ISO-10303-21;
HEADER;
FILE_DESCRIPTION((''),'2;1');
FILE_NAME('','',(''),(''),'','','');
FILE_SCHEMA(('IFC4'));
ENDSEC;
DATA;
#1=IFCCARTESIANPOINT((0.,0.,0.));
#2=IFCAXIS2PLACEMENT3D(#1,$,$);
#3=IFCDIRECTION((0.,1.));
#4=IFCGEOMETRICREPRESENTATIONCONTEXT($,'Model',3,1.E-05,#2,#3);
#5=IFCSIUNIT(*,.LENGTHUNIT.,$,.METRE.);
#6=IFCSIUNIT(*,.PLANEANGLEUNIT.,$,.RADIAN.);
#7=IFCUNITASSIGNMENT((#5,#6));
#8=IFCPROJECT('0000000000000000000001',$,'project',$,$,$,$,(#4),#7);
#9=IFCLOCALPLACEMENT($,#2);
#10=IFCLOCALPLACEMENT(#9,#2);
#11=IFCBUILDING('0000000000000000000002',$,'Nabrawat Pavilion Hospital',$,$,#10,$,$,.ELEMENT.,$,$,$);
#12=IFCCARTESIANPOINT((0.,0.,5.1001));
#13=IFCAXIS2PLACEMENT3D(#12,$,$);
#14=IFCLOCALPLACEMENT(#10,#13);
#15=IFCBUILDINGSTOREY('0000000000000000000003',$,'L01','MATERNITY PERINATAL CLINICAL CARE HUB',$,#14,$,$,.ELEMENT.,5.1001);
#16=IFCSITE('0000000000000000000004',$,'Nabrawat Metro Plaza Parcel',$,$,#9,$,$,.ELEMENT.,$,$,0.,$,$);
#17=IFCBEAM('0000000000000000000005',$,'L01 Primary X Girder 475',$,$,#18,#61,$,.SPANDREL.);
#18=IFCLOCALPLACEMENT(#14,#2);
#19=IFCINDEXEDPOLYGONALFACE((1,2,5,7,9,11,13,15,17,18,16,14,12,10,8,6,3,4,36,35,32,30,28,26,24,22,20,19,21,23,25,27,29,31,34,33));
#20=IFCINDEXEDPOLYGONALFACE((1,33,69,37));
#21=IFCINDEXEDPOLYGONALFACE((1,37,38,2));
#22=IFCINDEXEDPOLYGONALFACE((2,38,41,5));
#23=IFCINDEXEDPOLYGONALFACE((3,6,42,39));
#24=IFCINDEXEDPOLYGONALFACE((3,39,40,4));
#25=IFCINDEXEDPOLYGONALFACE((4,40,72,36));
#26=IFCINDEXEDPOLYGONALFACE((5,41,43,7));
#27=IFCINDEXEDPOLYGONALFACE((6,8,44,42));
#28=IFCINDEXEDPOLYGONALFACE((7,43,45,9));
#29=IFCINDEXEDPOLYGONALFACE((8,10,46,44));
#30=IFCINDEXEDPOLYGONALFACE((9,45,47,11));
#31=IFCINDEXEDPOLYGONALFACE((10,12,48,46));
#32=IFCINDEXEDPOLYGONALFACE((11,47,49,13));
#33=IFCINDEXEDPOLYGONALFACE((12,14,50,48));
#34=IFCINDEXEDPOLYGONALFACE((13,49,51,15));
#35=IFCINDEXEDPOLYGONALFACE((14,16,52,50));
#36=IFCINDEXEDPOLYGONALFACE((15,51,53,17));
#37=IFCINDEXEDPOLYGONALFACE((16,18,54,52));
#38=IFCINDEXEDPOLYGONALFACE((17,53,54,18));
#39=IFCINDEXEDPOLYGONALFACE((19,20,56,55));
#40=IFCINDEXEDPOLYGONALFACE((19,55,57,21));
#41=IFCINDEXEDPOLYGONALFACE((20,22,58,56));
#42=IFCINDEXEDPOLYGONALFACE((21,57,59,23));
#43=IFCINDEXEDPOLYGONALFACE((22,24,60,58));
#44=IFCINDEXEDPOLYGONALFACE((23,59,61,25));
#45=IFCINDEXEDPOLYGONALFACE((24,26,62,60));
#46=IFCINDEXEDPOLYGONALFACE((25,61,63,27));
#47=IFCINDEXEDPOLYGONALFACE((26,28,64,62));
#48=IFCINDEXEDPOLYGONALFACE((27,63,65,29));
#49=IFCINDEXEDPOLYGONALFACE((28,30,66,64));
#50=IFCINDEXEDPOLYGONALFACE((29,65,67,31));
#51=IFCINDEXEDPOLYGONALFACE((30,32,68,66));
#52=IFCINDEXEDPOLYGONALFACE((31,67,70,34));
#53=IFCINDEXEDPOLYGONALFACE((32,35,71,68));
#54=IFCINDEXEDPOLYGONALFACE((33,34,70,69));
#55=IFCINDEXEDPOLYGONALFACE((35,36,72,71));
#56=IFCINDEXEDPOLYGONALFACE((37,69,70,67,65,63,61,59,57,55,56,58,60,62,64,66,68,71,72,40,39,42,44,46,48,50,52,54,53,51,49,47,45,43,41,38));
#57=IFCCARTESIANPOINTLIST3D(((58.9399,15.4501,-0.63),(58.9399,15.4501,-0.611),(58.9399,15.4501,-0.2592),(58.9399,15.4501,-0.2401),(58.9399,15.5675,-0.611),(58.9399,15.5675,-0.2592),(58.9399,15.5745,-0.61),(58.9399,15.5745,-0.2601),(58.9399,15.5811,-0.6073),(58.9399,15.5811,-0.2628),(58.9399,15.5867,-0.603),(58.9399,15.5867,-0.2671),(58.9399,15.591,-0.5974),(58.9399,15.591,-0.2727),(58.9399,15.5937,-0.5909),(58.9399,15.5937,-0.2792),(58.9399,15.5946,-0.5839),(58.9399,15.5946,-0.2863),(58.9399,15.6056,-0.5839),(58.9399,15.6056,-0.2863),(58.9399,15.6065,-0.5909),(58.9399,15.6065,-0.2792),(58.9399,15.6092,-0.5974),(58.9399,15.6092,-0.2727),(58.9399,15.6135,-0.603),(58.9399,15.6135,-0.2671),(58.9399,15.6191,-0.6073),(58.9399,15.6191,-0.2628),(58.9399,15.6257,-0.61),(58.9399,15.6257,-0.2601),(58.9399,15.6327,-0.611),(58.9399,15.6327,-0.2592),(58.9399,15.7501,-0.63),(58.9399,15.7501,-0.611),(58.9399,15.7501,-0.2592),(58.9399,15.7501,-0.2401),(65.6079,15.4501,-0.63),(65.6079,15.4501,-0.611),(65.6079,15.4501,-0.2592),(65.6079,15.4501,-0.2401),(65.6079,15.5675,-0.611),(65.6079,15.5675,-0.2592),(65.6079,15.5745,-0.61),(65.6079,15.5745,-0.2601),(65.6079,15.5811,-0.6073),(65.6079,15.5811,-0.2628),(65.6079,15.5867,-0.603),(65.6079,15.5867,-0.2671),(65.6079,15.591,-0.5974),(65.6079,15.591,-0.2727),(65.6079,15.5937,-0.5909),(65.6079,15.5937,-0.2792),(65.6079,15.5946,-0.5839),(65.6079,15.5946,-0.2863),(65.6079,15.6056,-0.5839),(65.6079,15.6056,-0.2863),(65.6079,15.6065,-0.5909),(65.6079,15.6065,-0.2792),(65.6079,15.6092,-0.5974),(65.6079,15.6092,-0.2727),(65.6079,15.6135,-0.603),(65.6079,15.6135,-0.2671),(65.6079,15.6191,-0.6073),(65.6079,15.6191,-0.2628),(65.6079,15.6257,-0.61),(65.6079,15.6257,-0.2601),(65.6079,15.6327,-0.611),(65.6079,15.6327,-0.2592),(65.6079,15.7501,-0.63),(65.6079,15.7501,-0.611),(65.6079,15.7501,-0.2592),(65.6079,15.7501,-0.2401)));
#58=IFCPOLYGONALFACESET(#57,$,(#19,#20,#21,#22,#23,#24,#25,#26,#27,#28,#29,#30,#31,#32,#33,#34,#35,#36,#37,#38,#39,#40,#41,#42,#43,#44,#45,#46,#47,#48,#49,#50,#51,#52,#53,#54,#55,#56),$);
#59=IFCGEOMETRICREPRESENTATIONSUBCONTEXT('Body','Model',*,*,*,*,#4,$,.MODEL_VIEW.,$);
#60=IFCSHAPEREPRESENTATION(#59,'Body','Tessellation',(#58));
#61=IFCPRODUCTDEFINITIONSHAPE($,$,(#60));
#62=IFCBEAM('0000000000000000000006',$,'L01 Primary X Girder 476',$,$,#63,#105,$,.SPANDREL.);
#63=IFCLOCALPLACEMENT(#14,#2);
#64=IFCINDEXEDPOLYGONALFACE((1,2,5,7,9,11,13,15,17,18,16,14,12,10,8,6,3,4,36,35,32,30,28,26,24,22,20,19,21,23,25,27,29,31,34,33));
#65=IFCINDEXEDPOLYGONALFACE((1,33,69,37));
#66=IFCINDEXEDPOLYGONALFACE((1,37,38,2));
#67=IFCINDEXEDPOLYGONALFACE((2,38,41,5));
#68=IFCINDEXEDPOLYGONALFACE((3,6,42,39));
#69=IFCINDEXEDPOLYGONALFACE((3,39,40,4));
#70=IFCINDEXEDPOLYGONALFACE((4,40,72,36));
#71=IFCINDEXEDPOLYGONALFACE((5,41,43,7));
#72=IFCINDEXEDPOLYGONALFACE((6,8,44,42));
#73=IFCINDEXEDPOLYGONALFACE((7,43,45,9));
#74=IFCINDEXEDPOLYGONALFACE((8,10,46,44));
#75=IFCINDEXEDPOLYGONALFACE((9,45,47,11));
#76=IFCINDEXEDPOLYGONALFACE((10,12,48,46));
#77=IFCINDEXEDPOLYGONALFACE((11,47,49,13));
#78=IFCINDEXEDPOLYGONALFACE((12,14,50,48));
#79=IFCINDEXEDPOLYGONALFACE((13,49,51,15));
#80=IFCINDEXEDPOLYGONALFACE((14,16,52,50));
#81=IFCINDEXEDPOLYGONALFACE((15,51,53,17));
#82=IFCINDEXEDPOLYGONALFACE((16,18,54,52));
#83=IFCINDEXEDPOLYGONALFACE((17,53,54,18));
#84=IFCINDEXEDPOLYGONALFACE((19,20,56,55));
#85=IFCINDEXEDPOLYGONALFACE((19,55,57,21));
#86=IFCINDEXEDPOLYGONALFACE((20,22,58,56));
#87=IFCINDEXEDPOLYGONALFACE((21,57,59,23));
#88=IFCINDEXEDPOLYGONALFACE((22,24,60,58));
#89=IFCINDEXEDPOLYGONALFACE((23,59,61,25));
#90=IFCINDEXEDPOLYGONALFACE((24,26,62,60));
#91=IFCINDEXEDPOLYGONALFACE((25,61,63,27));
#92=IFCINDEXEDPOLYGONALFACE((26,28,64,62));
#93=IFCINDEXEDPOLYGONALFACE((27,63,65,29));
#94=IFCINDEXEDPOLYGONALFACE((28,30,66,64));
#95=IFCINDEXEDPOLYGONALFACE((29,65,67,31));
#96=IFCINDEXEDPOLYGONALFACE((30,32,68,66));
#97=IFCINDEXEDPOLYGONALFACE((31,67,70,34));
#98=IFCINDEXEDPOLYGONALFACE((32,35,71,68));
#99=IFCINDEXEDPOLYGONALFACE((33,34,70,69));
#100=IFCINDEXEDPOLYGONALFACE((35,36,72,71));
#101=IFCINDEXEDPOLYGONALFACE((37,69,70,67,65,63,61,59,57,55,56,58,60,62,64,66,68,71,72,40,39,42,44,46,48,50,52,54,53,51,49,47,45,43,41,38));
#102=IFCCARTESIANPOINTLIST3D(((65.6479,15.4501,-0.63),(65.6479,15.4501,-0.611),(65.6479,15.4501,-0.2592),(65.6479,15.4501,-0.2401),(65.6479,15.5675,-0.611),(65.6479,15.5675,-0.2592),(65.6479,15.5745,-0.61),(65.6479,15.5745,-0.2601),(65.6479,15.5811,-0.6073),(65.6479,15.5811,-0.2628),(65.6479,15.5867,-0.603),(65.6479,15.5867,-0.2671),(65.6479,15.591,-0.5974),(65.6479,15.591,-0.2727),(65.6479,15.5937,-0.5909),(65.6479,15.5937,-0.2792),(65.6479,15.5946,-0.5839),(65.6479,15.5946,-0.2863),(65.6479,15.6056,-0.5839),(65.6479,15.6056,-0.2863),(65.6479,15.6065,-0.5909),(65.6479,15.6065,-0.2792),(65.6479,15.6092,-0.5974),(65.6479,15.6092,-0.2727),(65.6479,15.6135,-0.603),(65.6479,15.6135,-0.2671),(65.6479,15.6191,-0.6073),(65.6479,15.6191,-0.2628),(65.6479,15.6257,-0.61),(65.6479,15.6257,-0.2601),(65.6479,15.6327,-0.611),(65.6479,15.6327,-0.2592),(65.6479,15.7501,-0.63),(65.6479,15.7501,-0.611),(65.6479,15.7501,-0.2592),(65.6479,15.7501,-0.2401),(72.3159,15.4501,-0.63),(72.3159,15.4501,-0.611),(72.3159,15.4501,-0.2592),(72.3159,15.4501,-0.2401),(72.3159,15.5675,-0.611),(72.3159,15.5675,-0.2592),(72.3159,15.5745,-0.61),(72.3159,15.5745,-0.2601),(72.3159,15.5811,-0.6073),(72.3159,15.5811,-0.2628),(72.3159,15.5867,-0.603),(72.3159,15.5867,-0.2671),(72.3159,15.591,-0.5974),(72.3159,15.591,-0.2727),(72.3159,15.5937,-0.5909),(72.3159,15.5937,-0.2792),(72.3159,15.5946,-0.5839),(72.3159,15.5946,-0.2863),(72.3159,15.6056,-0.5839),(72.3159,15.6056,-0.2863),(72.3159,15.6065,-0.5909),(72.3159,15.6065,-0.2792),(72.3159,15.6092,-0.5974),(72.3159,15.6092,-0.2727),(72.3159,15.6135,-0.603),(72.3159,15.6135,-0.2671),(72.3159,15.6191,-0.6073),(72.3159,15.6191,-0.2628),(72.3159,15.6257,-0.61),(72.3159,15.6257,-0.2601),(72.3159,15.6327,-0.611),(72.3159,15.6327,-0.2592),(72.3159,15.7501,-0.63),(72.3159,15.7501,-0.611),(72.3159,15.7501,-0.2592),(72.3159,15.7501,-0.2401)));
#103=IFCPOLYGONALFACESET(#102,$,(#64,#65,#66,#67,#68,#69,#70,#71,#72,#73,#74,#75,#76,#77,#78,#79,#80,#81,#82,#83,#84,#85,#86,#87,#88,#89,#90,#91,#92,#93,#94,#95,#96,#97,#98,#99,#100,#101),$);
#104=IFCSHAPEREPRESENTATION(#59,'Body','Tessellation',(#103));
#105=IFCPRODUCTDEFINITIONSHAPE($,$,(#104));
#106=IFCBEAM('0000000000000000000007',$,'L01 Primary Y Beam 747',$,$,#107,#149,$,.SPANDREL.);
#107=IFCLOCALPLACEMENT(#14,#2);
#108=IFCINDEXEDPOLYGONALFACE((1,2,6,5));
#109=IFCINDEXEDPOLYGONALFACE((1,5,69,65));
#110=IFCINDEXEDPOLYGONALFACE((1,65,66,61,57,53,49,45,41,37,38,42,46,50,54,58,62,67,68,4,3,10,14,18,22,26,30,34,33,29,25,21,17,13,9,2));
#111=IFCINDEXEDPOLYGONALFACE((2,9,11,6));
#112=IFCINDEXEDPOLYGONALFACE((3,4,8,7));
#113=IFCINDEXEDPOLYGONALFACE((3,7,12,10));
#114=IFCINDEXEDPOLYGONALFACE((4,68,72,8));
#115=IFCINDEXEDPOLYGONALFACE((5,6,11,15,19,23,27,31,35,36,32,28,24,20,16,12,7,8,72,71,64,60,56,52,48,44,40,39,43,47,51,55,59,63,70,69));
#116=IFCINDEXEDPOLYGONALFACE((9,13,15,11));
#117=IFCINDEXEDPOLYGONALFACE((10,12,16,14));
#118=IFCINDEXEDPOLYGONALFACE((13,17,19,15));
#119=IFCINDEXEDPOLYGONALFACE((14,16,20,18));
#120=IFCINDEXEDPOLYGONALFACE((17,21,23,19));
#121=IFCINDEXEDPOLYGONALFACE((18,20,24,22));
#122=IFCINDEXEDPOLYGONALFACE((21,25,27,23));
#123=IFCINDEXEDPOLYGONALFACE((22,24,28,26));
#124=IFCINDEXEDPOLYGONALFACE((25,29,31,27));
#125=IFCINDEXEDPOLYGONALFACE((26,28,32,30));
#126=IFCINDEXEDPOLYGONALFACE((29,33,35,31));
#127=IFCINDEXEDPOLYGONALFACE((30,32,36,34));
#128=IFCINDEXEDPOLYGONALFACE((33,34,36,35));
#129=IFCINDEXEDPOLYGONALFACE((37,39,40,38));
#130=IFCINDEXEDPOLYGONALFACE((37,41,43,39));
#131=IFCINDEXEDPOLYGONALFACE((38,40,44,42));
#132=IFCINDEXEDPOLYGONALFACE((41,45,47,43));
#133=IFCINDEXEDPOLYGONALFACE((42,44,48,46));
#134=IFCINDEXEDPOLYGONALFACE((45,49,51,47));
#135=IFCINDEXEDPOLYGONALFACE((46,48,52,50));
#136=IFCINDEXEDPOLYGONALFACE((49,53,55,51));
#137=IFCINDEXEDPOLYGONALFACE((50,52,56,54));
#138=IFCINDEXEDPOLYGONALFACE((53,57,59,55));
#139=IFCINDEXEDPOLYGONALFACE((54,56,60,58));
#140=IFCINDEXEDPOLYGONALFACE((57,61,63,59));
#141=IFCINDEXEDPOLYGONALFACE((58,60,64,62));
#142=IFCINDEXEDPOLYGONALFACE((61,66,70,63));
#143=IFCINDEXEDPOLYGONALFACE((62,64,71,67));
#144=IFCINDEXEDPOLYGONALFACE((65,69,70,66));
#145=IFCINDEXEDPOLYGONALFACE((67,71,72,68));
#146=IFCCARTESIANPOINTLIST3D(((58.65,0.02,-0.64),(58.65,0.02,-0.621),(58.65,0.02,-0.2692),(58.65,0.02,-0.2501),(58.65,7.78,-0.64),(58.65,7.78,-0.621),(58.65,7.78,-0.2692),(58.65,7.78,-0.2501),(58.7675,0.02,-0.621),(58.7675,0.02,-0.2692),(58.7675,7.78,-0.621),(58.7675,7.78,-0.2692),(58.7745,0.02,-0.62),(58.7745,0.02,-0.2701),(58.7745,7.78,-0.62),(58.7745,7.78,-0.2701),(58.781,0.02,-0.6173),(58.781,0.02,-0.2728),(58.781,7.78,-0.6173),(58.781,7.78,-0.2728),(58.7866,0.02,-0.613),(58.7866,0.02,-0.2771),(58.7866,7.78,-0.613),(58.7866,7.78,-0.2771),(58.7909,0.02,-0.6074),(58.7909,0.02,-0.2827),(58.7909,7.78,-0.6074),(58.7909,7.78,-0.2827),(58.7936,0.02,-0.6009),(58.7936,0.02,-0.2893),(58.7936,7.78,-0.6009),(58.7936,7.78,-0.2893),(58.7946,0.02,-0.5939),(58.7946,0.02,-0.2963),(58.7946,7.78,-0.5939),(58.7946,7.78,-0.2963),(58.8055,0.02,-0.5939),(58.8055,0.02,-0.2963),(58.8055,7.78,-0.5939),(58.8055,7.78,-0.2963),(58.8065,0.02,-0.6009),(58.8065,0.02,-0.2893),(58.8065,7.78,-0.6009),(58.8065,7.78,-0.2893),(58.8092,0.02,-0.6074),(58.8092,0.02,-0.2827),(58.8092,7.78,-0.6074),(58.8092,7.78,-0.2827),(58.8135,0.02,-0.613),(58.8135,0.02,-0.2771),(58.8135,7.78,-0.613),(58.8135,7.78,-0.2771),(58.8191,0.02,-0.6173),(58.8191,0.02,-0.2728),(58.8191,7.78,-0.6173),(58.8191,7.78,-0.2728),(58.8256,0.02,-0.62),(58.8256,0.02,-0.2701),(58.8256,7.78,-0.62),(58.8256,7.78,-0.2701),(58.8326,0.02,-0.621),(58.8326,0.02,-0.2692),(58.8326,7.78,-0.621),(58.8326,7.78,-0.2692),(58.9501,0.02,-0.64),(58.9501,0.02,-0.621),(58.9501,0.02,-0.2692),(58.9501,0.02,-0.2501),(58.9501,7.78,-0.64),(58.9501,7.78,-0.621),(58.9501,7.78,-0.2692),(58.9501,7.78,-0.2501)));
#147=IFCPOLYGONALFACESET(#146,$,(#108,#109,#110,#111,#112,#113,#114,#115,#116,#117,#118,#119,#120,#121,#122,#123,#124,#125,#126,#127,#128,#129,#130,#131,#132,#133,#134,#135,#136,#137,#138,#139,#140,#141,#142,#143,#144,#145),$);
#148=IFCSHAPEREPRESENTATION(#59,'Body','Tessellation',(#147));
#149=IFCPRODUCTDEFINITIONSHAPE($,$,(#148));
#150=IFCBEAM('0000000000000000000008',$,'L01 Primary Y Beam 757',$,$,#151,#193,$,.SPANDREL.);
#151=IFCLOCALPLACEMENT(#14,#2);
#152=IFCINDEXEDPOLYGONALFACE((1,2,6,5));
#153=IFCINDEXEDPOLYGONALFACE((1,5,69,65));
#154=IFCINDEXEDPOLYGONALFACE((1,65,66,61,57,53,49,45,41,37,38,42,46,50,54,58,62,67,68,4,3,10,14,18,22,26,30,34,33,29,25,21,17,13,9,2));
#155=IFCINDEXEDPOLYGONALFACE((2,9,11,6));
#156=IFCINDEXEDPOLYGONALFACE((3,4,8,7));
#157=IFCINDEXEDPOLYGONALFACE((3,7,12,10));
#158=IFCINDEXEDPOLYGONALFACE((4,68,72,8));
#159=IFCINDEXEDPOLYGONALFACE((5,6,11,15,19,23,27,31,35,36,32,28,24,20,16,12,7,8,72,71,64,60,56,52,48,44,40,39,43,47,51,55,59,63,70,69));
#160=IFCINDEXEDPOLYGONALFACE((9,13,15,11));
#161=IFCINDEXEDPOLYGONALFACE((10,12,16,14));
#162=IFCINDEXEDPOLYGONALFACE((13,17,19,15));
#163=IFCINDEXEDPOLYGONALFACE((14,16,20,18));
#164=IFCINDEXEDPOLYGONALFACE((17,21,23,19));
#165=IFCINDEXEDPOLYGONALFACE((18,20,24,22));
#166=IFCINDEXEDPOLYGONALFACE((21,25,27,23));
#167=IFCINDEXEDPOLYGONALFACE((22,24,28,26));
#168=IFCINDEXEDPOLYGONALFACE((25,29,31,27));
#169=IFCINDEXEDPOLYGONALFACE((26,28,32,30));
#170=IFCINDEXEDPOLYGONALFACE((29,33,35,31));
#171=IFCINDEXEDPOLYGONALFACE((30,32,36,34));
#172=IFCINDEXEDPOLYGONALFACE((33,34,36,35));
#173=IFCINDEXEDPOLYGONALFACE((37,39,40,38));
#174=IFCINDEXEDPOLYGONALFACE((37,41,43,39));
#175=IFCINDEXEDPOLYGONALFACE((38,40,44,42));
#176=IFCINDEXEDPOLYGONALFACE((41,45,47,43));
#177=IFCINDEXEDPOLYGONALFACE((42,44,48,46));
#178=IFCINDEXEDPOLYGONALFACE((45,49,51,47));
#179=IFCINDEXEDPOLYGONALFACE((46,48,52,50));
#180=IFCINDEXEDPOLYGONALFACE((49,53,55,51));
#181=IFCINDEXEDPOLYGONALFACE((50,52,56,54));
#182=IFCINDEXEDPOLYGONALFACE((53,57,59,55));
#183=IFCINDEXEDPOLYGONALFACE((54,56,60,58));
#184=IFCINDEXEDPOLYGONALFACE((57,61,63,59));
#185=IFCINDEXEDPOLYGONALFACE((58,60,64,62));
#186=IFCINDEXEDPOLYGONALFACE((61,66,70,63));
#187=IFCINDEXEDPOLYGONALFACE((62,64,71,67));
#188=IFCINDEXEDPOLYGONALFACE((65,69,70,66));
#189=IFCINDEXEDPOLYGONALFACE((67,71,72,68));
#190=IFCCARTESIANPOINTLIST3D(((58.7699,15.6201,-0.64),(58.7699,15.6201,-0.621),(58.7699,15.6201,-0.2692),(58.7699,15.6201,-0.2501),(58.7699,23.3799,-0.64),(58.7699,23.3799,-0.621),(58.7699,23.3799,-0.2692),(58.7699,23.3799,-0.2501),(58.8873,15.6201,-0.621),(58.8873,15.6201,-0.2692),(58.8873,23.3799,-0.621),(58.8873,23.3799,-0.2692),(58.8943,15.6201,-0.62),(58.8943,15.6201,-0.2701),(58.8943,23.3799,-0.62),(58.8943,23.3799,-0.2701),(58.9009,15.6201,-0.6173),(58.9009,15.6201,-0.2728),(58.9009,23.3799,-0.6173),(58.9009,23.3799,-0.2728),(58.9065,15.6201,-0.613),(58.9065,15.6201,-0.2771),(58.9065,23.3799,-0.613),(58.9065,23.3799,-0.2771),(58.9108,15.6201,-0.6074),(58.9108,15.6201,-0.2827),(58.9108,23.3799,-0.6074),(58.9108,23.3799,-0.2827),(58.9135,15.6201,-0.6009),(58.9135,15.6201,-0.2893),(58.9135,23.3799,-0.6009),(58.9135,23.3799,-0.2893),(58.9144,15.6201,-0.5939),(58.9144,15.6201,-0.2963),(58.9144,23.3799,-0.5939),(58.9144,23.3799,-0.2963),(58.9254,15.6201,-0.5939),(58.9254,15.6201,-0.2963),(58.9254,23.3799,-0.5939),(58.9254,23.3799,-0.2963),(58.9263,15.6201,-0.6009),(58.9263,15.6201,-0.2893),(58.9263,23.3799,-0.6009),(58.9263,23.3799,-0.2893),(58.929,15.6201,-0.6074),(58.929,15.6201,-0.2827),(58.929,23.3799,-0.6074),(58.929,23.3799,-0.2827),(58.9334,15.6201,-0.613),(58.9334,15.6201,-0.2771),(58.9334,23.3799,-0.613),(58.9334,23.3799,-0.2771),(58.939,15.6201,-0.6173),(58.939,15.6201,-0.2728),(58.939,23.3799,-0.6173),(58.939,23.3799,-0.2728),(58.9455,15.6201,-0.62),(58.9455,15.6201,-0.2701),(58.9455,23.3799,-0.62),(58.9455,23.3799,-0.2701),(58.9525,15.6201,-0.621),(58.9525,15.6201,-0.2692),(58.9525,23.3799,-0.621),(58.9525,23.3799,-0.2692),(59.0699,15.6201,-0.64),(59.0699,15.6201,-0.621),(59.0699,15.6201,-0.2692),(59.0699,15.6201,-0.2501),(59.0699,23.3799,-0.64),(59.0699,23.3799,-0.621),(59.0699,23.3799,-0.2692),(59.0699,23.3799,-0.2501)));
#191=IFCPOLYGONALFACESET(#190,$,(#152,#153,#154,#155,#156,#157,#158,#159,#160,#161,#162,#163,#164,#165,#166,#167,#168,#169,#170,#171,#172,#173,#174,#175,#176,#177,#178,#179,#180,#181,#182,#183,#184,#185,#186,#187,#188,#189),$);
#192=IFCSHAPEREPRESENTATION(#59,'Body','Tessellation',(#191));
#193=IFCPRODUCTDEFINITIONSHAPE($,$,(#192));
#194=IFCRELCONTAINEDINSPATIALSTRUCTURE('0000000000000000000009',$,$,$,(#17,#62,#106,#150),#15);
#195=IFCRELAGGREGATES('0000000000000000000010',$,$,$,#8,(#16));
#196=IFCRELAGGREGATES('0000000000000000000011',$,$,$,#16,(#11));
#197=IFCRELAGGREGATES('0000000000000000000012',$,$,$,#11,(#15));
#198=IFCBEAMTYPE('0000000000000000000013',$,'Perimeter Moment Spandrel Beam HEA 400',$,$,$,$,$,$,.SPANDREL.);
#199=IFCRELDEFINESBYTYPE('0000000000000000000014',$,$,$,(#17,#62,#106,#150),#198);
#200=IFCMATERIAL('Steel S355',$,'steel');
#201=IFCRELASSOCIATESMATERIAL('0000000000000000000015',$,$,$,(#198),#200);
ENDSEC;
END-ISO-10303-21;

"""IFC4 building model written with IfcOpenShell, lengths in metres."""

from ifc_helpers import new_model, si_unit, direction, frame, origin, origin_2d, place, context, subcontext, project, spatial, i_section, extrude, material, material_profile, profile_set, type_object, element, save


model = new_model("IFC4")

# Units and contexts
model_context = context("Model", 3, precision=1e-05, world=origin(), true_north=direction((0.0, 1.0)))
body_context = subcontext(model_context, "Body", "Model", "MODEL_VIEW")
ifc_project = project(units=[si_unit("LENGTHUNIT", "METRE"), si_unit("PLANEANGLEUNIT", "RADIAN")], contexts=[model_context])

# Site, building, storey
site_placement = place(None, origin())
site = spatial("IfcSite", under=ifc_project, at=site_placement, Name="Nabrawat Metro Plaza Parcel", CompositionType="ELEMENT", RefElevation=0.0)
building_placement = place(site_placement, origin())
building = spatial("IfcBuilding", under=site, at=building_placement, Name="Nabrawat Pavilion Hospital", CompositionType="ELEMENT")
storey_placement = place(building_placement, frame((0.0, 0.0, 5.1001)))
storey = spatial("IfcBuildingStorey", under=building, at=storey_placement, Name="L01", Description="MATERNITY PERINATAL CLINICAL CARE HUB", CompositionType="ELEMENT", Elevation=5.1001)

# Shared definitions
ifc_material_1 = material(Name="Steel S355", Category="steel")

# Beams
ifc_material_profile_1 = material_profile(ifc_material_1, i_section(OverallWidth=0.3, OverallDepth=0.3899, WebThickness=0.011, FlangeThickness=0.019, FilletRadius=0.0271, at=origin_2d()), Name="HEA 400")
ifc_profile_set_1 = profile_set([ifc_material_profile_1], Name="Steel S355")
beam_type = type_object("IfcBeamType", Name="Perimeter Moment Spandrel Beam HEA 400", PredefinedType="SPANDREL", material=ifc_profile_set_1)
for number, where, z_axis, x_axis, name in (
    (1, (58.9399, 15.6001, -0.4351), (1.0, 0.0, 0.0), (0.0, 1.0, 0.0), "L01 Primary X Girder 475"),
    (2, (65.6479, 15.6001, -0.4351), (1.0, 0.0, 0.0), (0.0, 1.0, 0.0), "L01 Primary X Girder 476"),
):
    element("IfcBeam", number, at=place(storey_placement, frame(where, z_axis=z_axis, x_axis=x_axis)), inside=storey, type_object=beam_type, Name=name, PredefinedType="SPANDREL", context=body_context, shape_type="SweptSolid", body=[
        extrude(i_section(OverallWidth=0.3, OverallDepth=0.3899, WebThickness=0.011, FlangeThickness=0.019, FilletRadius=0.0271, at=origin_2d()), origin(), (0.0, 0.0, 1.0), 6.668),
    ])
beam_1_placement = place(storey_placement, frame((58.8, 0.02, -0.4451), z_axis=(0.0, 1.0, 0.0), x_axis=(-1.0, 0.0, 0.0)))
element("IfcBeam", 3, at=beam_1_placement, inside=storey, type_object=beam_type, Name="L01 Primary Y Beam 747", PredefinedType="SPANDREL", context=body_context, shape_type="SweptSolid", body=[
    extrude(i_section(OverallWidth=0.3, OverallDepth=0.3899, WebThickness=0.011, FlangeThickness=0.019, FilletRadius=0.0271, at=origin_2d()), origin(), (0.0, 0.0, 1.0), 7.76),
])
beam_2_placement = place(storey_placement, frame((58.9199, 15.6201, -0.4451), z_axis=(0.0, 1.0, 0.0), x_axis=(-1.0, 0.0, 0.0)))
element("IfcBeam", 4, at=beam_2_placement, inside=storey, type_object=beam_type, Name="L01 Primary Y Beam 757", PredefinedType="SPANDREL", context=body_context, shape_type="SweptSolid", body=[
    extrude(i_section(OverallWidth=0.3, OverallDepth=0.3899, WebThickness=0.011, FlangeThickness=0.019, FilletRadius=0.0271, at=origin_2d()), origin(), (0.0, 0.0, 1.0), 7.7598),
])

save(model, "model.ifc")
